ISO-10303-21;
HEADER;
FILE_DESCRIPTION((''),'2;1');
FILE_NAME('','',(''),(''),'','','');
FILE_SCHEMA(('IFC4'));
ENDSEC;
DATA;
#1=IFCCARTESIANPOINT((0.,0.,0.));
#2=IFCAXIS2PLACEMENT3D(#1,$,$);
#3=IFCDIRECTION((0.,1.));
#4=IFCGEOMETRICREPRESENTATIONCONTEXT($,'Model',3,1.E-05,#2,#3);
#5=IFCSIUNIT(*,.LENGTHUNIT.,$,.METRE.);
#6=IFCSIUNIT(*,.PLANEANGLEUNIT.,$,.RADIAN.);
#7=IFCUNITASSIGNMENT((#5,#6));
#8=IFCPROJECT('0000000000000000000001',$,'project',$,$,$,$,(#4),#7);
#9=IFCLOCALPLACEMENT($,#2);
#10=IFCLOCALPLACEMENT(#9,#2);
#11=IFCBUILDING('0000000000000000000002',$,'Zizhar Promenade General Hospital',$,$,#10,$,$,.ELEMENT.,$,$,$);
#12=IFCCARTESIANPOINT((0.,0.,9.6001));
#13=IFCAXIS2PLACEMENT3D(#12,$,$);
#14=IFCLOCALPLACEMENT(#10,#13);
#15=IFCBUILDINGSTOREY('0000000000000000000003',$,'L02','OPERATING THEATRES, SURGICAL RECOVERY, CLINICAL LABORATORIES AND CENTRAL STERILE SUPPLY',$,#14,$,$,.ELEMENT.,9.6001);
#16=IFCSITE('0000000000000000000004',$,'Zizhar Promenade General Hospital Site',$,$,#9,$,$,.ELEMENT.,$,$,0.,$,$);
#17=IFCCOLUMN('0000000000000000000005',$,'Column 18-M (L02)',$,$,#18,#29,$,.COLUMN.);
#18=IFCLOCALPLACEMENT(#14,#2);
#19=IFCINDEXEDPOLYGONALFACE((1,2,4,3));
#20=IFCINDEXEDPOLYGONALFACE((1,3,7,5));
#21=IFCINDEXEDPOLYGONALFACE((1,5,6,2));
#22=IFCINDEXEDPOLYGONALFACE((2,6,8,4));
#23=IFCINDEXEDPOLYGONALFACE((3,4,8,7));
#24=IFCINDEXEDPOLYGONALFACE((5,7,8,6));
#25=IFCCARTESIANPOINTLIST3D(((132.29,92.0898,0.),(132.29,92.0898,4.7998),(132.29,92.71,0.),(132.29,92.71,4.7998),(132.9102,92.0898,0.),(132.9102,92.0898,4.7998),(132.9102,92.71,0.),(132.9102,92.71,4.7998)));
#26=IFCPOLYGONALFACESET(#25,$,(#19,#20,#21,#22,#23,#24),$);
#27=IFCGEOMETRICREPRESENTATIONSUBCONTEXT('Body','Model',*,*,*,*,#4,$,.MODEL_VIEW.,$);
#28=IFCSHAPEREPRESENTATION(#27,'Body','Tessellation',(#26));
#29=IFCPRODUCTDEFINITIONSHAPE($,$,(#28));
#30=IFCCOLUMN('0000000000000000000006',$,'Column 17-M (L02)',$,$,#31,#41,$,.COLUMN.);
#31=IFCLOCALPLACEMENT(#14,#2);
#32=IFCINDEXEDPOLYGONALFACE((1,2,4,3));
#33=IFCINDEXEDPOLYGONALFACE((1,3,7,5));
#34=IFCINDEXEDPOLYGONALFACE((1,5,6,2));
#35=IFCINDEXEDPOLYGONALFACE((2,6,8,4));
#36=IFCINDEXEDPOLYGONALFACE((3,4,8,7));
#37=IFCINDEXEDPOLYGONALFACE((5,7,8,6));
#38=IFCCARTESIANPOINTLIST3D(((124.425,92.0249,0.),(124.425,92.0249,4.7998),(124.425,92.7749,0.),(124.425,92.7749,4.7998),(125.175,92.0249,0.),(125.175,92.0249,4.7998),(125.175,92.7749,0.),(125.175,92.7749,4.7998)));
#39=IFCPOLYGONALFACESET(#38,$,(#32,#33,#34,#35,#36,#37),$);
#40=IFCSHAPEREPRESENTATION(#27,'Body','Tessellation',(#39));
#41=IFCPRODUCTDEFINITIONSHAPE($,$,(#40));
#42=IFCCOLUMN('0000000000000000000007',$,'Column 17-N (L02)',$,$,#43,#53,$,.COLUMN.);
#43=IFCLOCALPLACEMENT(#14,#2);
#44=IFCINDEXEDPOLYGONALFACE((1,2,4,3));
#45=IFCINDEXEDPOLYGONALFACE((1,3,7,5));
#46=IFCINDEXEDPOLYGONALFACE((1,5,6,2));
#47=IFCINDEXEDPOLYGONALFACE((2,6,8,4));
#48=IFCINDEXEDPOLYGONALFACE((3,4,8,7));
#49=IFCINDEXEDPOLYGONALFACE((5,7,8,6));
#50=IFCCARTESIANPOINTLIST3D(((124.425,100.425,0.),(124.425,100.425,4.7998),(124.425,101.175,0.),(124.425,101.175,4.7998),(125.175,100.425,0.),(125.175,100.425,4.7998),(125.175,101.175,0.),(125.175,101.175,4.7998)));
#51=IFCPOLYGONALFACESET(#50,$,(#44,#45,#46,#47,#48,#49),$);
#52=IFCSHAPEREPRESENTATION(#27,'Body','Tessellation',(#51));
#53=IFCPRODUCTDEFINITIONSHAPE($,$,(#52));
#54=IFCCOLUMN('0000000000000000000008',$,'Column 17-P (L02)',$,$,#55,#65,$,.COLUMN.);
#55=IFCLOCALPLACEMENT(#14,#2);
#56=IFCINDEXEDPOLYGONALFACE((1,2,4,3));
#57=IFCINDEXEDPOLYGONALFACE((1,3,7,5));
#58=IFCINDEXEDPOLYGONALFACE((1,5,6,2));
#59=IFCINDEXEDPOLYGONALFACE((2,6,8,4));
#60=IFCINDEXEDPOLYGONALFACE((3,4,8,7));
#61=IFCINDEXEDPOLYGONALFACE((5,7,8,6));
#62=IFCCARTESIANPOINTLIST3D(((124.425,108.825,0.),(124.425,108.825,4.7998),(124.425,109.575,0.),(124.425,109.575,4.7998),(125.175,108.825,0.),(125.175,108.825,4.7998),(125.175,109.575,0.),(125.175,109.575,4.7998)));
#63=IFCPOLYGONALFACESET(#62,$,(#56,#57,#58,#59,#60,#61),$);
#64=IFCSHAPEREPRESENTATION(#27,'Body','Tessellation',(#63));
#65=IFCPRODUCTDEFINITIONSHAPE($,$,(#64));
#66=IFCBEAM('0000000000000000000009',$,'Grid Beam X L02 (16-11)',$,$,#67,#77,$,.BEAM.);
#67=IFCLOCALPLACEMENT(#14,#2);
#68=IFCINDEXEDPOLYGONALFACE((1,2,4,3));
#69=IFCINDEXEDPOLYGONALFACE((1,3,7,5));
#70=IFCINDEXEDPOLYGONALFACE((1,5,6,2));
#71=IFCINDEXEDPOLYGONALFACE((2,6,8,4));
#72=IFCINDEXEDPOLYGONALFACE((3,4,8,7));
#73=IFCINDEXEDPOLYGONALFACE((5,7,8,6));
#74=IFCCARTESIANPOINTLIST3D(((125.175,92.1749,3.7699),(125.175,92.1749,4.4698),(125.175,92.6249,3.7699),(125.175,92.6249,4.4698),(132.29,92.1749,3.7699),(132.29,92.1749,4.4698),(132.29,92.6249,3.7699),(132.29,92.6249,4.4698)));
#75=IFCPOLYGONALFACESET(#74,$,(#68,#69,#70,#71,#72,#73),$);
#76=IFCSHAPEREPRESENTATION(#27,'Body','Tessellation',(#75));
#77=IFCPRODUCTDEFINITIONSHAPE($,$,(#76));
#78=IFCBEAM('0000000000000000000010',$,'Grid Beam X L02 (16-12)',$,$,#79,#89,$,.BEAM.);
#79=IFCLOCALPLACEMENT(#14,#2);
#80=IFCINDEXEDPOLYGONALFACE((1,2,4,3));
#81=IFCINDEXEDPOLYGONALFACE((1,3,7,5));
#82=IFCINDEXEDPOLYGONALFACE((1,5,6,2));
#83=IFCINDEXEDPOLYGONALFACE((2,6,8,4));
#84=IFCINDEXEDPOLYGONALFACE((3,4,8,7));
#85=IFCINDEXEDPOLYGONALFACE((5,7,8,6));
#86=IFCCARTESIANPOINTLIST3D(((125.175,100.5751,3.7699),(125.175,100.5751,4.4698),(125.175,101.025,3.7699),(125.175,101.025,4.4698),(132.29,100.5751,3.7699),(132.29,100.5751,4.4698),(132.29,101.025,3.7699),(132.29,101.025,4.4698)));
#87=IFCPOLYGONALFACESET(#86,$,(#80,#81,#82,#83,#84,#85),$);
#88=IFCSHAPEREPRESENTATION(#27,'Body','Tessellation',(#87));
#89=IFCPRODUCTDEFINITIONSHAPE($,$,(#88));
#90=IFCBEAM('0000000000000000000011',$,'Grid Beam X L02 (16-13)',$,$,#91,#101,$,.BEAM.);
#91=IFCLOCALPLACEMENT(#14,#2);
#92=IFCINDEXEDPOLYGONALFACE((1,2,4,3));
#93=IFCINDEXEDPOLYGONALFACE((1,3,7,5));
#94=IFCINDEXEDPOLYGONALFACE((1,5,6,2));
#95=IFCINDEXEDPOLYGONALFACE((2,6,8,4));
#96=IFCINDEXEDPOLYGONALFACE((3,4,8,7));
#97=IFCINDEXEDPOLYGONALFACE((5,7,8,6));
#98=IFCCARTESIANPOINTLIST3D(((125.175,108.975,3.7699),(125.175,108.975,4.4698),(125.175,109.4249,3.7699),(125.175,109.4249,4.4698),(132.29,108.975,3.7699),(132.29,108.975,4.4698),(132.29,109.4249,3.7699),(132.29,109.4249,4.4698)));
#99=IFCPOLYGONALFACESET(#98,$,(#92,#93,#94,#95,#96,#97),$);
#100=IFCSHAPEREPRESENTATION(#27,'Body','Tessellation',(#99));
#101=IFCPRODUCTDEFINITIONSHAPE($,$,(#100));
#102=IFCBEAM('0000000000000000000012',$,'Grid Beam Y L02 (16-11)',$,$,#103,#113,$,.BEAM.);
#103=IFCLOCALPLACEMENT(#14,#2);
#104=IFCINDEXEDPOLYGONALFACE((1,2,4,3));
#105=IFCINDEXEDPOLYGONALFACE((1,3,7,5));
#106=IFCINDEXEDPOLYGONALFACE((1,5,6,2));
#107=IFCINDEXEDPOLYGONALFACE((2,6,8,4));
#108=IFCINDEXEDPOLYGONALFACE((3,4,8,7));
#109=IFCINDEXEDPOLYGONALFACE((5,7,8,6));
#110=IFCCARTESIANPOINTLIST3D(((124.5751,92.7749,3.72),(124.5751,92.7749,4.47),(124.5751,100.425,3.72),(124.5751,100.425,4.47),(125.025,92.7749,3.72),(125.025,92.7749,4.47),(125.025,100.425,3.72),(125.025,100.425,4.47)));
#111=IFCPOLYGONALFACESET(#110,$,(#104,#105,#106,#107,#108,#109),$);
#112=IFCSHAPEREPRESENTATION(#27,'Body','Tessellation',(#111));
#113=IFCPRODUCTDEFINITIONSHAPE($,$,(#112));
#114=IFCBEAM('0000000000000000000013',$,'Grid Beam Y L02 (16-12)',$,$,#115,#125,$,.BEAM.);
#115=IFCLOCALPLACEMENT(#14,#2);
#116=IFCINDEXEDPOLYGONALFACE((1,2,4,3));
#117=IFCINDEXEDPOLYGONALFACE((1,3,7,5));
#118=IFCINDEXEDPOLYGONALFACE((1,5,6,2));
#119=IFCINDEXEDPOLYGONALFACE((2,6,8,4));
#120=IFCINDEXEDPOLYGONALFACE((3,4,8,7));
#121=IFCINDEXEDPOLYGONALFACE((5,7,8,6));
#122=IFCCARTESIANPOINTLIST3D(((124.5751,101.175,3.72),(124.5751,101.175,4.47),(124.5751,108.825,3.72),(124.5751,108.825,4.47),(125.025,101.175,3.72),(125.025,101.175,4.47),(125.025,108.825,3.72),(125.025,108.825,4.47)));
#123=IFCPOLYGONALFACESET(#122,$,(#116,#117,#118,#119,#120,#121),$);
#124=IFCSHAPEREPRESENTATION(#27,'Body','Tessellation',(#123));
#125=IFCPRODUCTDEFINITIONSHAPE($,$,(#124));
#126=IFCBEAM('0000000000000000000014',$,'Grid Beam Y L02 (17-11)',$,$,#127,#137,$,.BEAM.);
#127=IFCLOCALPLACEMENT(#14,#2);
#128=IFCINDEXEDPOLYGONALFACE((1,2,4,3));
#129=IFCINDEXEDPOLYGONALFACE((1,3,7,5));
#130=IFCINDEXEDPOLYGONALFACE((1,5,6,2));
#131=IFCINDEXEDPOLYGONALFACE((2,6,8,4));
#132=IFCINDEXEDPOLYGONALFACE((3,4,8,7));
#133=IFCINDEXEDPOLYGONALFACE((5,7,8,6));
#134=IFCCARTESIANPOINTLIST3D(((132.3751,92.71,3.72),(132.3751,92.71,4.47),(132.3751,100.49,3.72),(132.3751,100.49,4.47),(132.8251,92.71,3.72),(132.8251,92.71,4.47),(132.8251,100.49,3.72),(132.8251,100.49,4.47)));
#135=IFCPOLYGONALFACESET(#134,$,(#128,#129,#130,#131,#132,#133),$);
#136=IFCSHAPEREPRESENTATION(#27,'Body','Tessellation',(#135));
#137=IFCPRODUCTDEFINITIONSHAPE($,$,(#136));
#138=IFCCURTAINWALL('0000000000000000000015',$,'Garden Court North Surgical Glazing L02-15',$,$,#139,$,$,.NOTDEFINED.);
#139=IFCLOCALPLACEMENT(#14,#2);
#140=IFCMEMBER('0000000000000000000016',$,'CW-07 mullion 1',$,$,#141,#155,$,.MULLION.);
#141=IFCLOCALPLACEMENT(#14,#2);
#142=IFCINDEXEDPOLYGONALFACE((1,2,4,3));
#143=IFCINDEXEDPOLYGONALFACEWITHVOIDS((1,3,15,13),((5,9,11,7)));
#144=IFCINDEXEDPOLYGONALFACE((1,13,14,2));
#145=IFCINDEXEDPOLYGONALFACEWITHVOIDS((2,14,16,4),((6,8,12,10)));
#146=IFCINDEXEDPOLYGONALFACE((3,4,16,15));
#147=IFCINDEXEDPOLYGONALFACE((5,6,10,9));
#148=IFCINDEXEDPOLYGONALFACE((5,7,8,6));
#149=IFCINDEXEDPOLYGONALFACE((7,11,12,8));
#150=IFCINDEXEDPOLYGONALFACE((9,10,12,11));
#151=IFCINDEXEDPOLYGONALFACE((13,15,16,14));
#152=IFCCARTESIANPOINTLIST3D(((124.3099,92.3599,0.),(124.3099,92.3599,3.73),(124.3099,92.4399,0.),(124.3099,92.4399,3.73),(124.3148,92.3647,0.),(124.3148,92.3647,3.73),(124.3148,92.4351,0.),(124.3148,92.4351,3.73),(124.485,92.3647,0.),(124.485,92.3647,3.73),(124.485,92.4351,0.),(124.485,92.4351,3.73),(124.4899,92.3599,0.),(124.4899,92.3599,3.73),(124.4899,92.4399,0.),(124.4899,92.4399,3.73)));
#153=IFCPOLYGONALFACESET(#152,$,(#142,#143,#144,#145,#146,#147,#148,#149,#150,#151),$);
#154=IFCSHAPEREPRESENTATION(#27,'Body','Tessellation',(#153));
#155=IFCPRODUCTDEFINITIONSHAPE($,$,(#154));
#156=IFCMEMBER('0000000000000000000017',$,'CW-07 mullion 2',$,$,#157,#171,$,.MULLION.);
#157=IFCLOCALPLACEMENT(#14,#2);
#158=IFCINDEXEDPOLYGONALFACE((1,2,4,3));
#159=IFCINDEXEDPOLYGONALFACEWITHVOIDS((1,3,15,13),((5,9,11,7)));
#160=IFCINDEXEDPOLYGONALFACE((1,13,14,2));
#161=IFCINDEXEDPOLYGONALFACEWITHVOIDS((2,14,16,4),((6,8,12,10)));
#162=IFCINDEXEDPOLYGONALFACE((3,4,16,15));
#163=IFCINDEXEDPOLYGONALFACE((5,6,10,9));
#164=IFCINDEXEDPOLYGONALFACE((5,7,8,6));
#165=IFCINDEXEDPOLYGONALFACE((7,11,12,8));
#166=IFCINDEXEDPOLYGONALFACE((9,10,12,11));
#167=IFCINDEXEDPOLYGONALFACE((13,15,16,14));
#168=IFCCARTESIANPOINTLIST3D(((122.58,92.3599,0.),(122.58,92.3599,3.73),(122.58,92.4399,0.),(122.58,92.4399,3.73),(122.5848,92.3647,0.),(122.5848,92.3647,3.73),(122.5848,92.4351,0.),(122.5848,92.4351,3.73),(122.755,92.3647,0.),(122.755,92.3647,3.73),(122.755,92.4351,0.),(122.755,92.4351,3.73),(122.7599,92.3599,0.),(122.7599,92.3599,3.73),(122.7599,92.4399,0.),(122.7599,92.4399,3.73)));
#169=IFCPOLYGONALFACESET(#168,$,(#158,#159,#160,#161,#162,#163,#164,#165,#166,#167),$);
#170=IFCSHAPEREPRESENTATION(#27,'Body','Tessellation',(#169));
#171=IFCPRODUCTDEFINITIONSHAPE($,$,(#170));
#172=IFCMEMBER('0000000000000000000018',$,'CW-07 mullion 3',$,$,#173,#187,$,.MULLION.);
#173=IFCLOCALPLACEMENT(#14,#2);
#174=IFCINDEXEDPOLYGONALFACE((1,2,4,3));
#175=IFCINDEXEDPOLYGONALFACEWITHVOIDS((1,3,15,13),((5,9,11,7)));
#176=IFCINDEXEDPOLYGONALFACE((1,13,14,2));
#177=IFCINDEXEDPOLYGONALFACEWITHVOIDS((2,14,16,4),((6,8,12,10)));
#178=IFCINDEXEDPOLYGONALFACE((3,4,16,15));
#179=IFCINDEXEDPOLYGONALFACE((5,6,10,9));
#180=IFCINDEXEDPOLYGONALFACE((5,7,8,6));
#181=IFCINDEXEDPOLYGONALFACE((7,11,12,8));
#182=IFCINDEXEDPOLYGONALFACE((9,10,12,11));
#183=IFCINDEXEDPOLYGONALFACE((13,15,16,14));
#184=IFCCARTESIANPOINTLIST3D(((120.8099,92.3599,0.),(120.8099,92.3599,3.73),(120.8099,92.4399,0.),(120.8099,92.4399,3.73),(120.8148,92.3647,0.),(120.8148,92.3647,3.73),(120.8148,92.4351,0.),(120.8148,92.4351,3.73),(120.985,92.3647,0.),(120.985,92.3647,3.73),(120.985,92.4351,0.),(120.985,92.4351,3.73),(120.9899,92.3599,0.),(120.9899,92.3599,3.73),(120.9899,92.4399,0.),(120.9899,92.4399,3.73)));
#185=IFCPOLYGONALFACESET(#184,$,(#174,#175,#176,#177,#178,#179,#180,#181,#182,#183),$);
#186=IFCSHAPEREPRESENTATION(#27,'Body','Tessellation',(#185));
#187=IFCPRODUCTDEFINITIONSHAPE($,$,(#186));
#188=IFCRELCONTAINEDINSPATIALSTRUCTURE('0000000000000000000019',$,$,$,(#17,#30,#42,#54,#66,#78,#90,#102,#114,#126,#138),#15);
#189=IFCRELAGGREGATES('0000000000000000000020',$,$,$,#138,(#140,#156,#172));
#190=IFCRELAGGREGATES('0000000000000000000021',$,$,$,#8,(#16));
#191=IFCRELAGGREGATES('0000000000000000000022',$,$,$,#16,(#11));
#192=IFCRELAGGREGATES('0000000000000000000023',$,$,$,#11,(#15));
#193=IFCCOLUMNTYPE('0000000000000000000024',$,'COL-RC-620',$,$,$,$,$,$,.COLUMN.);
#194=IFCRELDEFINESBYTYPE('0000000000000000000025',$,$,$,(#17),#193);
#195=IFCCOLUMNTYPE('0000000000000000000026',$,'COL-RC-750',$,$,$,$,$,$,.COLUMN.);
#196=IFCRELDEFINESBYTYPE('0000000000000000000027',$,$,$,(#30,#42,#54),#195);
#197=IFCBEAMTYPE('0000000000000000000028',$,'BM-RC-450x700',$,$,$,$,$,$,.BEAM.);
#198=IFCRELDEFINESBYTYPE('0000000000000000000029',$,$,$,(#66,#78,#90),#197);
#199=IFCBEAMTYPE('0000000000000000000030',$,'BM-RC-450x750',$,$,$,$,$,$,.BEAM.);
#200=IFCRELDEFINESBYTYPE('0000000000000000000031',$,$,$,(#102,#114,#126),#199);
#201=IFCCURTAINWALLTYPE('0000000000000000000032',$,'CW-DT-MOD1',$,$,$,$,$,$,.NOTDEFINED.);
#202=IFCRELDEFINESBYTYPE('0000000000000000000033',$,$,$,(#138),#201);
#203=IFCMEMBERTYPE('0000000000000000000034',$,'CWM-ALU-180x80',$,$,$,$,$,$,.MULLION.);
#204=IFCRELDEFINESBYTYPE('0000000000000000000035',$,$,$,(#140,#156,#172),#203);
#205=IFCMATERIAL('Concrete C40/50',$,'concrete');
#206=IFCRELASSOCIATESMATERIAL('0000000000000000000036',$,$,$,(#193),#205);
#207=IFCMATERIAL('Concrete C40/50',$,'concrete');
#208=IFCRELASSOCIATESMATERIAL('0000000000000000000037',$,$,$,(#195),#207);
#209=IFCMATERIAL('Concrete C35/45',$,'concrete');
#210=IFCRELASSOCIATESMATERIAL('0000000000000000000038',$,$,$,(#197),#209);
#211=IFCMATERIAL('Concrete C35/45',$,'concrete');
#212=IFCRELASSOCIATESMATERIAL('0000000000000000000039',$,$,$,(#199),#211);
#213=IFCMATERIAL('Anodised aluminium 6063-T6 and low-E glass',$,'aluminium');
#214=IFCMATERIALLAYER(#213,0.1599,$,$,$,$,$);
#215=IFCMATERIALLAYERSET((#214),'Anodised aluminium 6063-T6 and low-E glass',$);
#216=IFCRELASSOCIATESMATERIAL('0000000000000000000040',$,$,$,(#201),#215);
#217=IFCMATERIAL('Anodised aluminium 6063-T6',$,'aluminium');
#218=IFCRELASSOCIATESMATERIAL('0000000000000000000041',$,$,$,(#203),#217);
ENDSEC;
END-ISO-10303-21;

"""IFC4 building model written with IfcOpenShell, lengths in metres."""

from ifc_helpers import new_model, si_unit, direction, frame, origin, origin_2d, place, context, subcontext, project, spatial, rectangle, hollow_rectangle, extrude, material, layer, layer_set, material_profile, profile_set, type_object, element, aggregate, save


model = new_model("IFC4")

# Units and contexts
model_context = context("Model", 3, precision=1e-05, world=origin(), true_north=direction((0.0, 1.0)))
body_context = subcontext(model_context, "Body", "Model", "MODEL_VIEW")
ifc_project = project(units=[si_unit("LENGTHUNIT", "METRE"), si_unit("PLANEANGLEUNIT", "RADIAN")], contexts=[model_context])

# Site, building, storey
site_placement = place(None, origin())
site = spatial("IfcSite", under=ifc_project, at=site_placement, Name="Zizhar Promenade General Hospital Site", CompositionType="ELEMENT", RefElevation=0.0)
building_placement = place(site_placement, origin())
building = spatial("IfcBuilding", under=site, at=building_placement, Name="Zizhar Promenade General Hospital", CompositionType="ELEMENT")
storey_placement = place(building_placement, frame((0.0, 0.0, 9.6001)))
storey = spatial("IfcBuildingStorey", under=building, at=storey_placement, Name="L02", Description="OPERATING THEATRES, SURGICAL RECOVERY, CLINICAL LABORATORIES AND CENTRAL STERILE SUPPLY", CompositionType="ELEMENT", Elevation=9.6001)

# Columns
ifc_material_1 = material(Name="Concrete C40/50", Category="concrete")
ifc_material_profile_1 = material_profile(ifc_material_1, rectangle(XDim=0.6201, YDim=0.6201, at=origin_2d()))
ifc_profile_set_1 = profile_set([ifc_material_profile_1], Name="Concrete C40/50")
column_type_1 = type_object("IfcColumnType", Name="COL-RC-620", PredefinedType="COLUMN", material=ifc_profile_set_1)
column_placement = place(storey_placement, frame((132.6001, 92.3999, 0.0), z_axis=(0.0, 0.0, 1.0), x_axis=(1.0, 0.0, 0.0)))
element("IfcColumn", 1, at=column_placement, inside=storey, type_object=column_type_1, Name="Column 18-M (L02)", PredefinedType="COLUMN", context=body_context, shape_type="SweptSolid", body=[
    extrude(rectangle(XDim=0.6201, YDim=0.6201, at=origin_2d()), origin(), (0.0, 0.0, 1.0), 4.7998),
])
ifc_material_2 = material(Name="Concrete C40/50", Category="concrete")
ifc_material_profile_2 = material_profile(ifc_material_2, rectangle(XDim=0.75, YDim=0.75, at=origin_2d()))
ifc_profile_set_2 = profile_set([ifc_material_profile_2], Name="Concrete C40/50")
column_type_2 = type_object("IfcColumnType", Name="COL-RC-750", PredefinedType="COLUMN", material=ifc_profile_set_2)
for number, where, z_axis, x_axis, name in (
    (2, (124.8, 92.3999, 0.0), (0.0, 0.0, 1.0), (1.0, 0.0, 0.0), "Column 17-M (L02)"),
    (3, (124.8, 100.8, 0.0), (0.0, 0.0, 1.0), (1.0, 0.0, 0.0), "Column 17-N (L02)"),
    (4, (124.8, 109.2, 0.0), (0.0, 0.0, 1.0), (1.0, 0.0, 0.0), "Column 17-P (L02)"),
):
    element("IfcColumn", number, at=place(storey_placement, frame(where, z_axis=z_axis, x_axis=x_axis)), inside=storey, type_object=column_type_2, Name=name, PredefinedType="COLUMN", context=body_context, shape_type="SweptSolid", body=[
        extrude(rectangle(XDim=0.75, YDim=0.75, at=origin_2d()), origin(), (0.0, 0.0, 1.0), 4.7998),
    ])

# Beams
ifc_material_3 = material(Name="Concrete C35/45", Category="concrete")
ifc_material_profile_3 = material_profile(ifc_material_3, rectangle(XDim=0.45, YDim=0.7, at=origin_2d()))
ifc_profile_set_3 = profile_set([ifc_material_profile_3], Name="Concrete C35/45")
beam_type_1 = type_object("IfcBeamType", Name="BM-RC-450x700", PredefinedType="BEAM", material=ifc_profile_set_3)
for number, where, z_axis, x_axis, name in (
    (5, (125.175, 92.3999, 4.1199), (1.0, 0.0, 0.0), (0.0, 1.0, 0.0), "Grid Beam X L02 (16-11)"),
    (6, (125.175, 100.8, 4.1199), (1.0, 0.0, 0.0), (0.0, 1.0, 0.0), "Grid Beam X L02 (16-12)"),
    (7, (125.175, 109.2, 4.1199), (1.0, 0.0, 0.0), (0.0, 1.0, 0.0), "Grid Beam X L02 (16-13)"),
):
    element("IfcBeam", number, at=place(storey_placement, frame(where, z_axis=z_axis, x_axis=x_axis)), inside=storey, type_object=beam_type_1, Name=name, PredefinedType="BEAM", context=body_context, shape_type="SweptSolid", body=[
        extrude(rectangle(XDim=0.45, YDim=0.7, at=origin_2d()), origin(), (0.0, 0.0, 1.0), 7.115),
    ])
ifc_material_4 = material(Name="Concrete C35/45", Category="concrete")
ifc_material_profile_4 = material_profile(ifc_material_4, rectangle(XDim=0.45, YDim=0.75, at=origin_2d()))
ifc_profile_set_4 = profile_set([ifc_material_profile_4], Name="Concrete C35/45")
beam_type_2 = type_object("IfcBeamType", Name="BM-RC-450x750", PredefinedType="BEAM", material=ifc_profile_set_4)
beam_1_placement = place(storey_placement, frame((124.8, 92.7749, 4.095), z_axis=(0.0, 1.0, 0.0), x_axis=(-1.0, 0.0, 0.0)))
element("IfcBeam", 8, at=beam_1_placement, inside=storey, type_object=beam_type_2, Name="Grid Beam Y L02 (16-11)", PredefinedType="BEAM", context=body_context, shape_type="SweptSolid", body=[
    extrude(rectangle(XDim=0.45, YDim=0.75, at=origin_2d()), origin(), (0.0, 0.0, 1.0), 7.6501),
])
beam_2_placement = place(storey_placement, frame((124.8, 101.175, 4.095), z_axis=(0.0, 1.0, 0.0), x_axis=(-1.0, 0.0, 0.0)))
element("IfcBeam", 9, at=beam_2_placement, inside=storey, type_object=beam_type_2, Name="Grid Beam Y L02 (16-12)", PredefinedType="BEAM", context=body_context, shape_type="SweptSolid", body=[
    extrude(rectangle(XDim=0.45, YDim=0.75, at=origin_2d()), origin(), (0.0, 0.0, 1.0), 7.6499),
])
beam_3_placement = place(storey_placement, frame((132.6001, 92.71, 4.095), z_axis=(0.0, 1.0, 0.0), x_axis=(-1.0, 0.0, 0.0)))
element("IfcBeam", 10, at=beam_3_placement, inside=storey, type_object=beam_type_2, Name="Grid Beam Y L02 (17-11)", PredefinedType="BEAM", context=body_context, shape_type="SweptSolid", body=[
    extrude(rectangle(XDim=0.45, YDim=0.75, at=origin_2d()), origin(), (0.0, 0.0, 1.0), 7.78),
])

# Curtain wall, members
ifc_material_5 = material(Name="Anodised aluminium 6063-T6 and low-E glass", Category="aluminium")
ifc_layer_1 = layer(ifc_material_5, 0.1599)
ifc_layer_set_1 = layer_set([ifc_layer_1], Name="Anodised aluminium 6063-T6 and low-E glass")
curtain_wall_type = type_object("IfcCurtainWallType", Name="CW-DT-MOD1", PredefinedType="NOTDEFINED", material=ifc_layer_set_1)
curtain_wall_placement = place(storey_placement, origin())
curtain_wall = element("IfcCurtainWall", 11, at=curtain_wall_placement, inside=storey, type_object=curtain_wall_type, Name="Garden Court North Surgical Glazing L02-15", PredefinedType="NOTDEFINED")
ifc_material_6 = material(Name="Anodised aluminium 6063-T6", Category="aluminium")
ifc_material_profile_5 = material_profile(ifc_material_6, hollow_rectangle(XDim=0.0801, YDim=0.1799, WallThickness=0.0049, at=origin_2d()))
ifc_profile_set_5 = profile_set([ifc_material_profile_5], Name="Anodised aluminium 6063-T6")
member_type_1 = type_object("IfcMemberType", Name="CWM-ALU-180x80", PredefinedType="MULLION", material=ifc_profile_set_5)
member_1_placement = place(storey_placement, frame((124.3999, 92.3999, 0.0), z_axis=(0.0, 0.0, 1.0), x_axis=(0.0, -1.0, 0.0)))
member_1 = element("IfcMember", 12, at=member_1_placement, type_object=member_type_1, Name="CW-07 mullion 1", PredefinedType="MULLION", context=body_context, shape_type="SweptSolid", body=[
    extrude(hollow_rectangle(XDim=0.0801, YDim=0.1799, WallThickness=0.0049, at=origin_2d()), origin(), (0.0, 0.0, 1.0), 3.73),
])
member_2_placement = place(storey_placement, frame((122.6699, 92.3999, 0.0), z_axis=(0.0, 0.0, 1.0), x_axis=(0.0, -1.0, 0.0)))
member_2 = element("IfcMember", 13, at=member_2_placement, type_object=member_type_1, Name="CW-07 mullion 2", PredefinedType="MULLION", context=body_context, shape_type="SweptSolid", body=[
    extrude(hollow_rectangle(XDim=0.0801, YDim=0.1799, WallThickness=0.0049, at=origin_2d()), origin(), (0.0, 0.0, 1.0), 3.73),
])
member_3_placement = place(storey_placement, frame((120.8999, 92.3999, 0.0), z_axis=(0.0, 0.0, 1.0), x_axis=(0.0, -1.0, 0.0)))
member_3 = element("IfcMember", 14, at=member_3_placement, type_object=member_type_1, Name="CW-07 mullion 3", PredefinedType="MULLION", context=body_context, shape_type="SweptSolid", body=[
    extrude(hollow_rectangle(XDim=0.0801, YDim=0.1799, WallThickness=0.0049, at=origin_2d()), origin(), (0.0, 0.0, 1.0), 3.73),
])
aggregate(curtain_wall, [member_1, member_2, member_3])

save(model, "model.ifc")
